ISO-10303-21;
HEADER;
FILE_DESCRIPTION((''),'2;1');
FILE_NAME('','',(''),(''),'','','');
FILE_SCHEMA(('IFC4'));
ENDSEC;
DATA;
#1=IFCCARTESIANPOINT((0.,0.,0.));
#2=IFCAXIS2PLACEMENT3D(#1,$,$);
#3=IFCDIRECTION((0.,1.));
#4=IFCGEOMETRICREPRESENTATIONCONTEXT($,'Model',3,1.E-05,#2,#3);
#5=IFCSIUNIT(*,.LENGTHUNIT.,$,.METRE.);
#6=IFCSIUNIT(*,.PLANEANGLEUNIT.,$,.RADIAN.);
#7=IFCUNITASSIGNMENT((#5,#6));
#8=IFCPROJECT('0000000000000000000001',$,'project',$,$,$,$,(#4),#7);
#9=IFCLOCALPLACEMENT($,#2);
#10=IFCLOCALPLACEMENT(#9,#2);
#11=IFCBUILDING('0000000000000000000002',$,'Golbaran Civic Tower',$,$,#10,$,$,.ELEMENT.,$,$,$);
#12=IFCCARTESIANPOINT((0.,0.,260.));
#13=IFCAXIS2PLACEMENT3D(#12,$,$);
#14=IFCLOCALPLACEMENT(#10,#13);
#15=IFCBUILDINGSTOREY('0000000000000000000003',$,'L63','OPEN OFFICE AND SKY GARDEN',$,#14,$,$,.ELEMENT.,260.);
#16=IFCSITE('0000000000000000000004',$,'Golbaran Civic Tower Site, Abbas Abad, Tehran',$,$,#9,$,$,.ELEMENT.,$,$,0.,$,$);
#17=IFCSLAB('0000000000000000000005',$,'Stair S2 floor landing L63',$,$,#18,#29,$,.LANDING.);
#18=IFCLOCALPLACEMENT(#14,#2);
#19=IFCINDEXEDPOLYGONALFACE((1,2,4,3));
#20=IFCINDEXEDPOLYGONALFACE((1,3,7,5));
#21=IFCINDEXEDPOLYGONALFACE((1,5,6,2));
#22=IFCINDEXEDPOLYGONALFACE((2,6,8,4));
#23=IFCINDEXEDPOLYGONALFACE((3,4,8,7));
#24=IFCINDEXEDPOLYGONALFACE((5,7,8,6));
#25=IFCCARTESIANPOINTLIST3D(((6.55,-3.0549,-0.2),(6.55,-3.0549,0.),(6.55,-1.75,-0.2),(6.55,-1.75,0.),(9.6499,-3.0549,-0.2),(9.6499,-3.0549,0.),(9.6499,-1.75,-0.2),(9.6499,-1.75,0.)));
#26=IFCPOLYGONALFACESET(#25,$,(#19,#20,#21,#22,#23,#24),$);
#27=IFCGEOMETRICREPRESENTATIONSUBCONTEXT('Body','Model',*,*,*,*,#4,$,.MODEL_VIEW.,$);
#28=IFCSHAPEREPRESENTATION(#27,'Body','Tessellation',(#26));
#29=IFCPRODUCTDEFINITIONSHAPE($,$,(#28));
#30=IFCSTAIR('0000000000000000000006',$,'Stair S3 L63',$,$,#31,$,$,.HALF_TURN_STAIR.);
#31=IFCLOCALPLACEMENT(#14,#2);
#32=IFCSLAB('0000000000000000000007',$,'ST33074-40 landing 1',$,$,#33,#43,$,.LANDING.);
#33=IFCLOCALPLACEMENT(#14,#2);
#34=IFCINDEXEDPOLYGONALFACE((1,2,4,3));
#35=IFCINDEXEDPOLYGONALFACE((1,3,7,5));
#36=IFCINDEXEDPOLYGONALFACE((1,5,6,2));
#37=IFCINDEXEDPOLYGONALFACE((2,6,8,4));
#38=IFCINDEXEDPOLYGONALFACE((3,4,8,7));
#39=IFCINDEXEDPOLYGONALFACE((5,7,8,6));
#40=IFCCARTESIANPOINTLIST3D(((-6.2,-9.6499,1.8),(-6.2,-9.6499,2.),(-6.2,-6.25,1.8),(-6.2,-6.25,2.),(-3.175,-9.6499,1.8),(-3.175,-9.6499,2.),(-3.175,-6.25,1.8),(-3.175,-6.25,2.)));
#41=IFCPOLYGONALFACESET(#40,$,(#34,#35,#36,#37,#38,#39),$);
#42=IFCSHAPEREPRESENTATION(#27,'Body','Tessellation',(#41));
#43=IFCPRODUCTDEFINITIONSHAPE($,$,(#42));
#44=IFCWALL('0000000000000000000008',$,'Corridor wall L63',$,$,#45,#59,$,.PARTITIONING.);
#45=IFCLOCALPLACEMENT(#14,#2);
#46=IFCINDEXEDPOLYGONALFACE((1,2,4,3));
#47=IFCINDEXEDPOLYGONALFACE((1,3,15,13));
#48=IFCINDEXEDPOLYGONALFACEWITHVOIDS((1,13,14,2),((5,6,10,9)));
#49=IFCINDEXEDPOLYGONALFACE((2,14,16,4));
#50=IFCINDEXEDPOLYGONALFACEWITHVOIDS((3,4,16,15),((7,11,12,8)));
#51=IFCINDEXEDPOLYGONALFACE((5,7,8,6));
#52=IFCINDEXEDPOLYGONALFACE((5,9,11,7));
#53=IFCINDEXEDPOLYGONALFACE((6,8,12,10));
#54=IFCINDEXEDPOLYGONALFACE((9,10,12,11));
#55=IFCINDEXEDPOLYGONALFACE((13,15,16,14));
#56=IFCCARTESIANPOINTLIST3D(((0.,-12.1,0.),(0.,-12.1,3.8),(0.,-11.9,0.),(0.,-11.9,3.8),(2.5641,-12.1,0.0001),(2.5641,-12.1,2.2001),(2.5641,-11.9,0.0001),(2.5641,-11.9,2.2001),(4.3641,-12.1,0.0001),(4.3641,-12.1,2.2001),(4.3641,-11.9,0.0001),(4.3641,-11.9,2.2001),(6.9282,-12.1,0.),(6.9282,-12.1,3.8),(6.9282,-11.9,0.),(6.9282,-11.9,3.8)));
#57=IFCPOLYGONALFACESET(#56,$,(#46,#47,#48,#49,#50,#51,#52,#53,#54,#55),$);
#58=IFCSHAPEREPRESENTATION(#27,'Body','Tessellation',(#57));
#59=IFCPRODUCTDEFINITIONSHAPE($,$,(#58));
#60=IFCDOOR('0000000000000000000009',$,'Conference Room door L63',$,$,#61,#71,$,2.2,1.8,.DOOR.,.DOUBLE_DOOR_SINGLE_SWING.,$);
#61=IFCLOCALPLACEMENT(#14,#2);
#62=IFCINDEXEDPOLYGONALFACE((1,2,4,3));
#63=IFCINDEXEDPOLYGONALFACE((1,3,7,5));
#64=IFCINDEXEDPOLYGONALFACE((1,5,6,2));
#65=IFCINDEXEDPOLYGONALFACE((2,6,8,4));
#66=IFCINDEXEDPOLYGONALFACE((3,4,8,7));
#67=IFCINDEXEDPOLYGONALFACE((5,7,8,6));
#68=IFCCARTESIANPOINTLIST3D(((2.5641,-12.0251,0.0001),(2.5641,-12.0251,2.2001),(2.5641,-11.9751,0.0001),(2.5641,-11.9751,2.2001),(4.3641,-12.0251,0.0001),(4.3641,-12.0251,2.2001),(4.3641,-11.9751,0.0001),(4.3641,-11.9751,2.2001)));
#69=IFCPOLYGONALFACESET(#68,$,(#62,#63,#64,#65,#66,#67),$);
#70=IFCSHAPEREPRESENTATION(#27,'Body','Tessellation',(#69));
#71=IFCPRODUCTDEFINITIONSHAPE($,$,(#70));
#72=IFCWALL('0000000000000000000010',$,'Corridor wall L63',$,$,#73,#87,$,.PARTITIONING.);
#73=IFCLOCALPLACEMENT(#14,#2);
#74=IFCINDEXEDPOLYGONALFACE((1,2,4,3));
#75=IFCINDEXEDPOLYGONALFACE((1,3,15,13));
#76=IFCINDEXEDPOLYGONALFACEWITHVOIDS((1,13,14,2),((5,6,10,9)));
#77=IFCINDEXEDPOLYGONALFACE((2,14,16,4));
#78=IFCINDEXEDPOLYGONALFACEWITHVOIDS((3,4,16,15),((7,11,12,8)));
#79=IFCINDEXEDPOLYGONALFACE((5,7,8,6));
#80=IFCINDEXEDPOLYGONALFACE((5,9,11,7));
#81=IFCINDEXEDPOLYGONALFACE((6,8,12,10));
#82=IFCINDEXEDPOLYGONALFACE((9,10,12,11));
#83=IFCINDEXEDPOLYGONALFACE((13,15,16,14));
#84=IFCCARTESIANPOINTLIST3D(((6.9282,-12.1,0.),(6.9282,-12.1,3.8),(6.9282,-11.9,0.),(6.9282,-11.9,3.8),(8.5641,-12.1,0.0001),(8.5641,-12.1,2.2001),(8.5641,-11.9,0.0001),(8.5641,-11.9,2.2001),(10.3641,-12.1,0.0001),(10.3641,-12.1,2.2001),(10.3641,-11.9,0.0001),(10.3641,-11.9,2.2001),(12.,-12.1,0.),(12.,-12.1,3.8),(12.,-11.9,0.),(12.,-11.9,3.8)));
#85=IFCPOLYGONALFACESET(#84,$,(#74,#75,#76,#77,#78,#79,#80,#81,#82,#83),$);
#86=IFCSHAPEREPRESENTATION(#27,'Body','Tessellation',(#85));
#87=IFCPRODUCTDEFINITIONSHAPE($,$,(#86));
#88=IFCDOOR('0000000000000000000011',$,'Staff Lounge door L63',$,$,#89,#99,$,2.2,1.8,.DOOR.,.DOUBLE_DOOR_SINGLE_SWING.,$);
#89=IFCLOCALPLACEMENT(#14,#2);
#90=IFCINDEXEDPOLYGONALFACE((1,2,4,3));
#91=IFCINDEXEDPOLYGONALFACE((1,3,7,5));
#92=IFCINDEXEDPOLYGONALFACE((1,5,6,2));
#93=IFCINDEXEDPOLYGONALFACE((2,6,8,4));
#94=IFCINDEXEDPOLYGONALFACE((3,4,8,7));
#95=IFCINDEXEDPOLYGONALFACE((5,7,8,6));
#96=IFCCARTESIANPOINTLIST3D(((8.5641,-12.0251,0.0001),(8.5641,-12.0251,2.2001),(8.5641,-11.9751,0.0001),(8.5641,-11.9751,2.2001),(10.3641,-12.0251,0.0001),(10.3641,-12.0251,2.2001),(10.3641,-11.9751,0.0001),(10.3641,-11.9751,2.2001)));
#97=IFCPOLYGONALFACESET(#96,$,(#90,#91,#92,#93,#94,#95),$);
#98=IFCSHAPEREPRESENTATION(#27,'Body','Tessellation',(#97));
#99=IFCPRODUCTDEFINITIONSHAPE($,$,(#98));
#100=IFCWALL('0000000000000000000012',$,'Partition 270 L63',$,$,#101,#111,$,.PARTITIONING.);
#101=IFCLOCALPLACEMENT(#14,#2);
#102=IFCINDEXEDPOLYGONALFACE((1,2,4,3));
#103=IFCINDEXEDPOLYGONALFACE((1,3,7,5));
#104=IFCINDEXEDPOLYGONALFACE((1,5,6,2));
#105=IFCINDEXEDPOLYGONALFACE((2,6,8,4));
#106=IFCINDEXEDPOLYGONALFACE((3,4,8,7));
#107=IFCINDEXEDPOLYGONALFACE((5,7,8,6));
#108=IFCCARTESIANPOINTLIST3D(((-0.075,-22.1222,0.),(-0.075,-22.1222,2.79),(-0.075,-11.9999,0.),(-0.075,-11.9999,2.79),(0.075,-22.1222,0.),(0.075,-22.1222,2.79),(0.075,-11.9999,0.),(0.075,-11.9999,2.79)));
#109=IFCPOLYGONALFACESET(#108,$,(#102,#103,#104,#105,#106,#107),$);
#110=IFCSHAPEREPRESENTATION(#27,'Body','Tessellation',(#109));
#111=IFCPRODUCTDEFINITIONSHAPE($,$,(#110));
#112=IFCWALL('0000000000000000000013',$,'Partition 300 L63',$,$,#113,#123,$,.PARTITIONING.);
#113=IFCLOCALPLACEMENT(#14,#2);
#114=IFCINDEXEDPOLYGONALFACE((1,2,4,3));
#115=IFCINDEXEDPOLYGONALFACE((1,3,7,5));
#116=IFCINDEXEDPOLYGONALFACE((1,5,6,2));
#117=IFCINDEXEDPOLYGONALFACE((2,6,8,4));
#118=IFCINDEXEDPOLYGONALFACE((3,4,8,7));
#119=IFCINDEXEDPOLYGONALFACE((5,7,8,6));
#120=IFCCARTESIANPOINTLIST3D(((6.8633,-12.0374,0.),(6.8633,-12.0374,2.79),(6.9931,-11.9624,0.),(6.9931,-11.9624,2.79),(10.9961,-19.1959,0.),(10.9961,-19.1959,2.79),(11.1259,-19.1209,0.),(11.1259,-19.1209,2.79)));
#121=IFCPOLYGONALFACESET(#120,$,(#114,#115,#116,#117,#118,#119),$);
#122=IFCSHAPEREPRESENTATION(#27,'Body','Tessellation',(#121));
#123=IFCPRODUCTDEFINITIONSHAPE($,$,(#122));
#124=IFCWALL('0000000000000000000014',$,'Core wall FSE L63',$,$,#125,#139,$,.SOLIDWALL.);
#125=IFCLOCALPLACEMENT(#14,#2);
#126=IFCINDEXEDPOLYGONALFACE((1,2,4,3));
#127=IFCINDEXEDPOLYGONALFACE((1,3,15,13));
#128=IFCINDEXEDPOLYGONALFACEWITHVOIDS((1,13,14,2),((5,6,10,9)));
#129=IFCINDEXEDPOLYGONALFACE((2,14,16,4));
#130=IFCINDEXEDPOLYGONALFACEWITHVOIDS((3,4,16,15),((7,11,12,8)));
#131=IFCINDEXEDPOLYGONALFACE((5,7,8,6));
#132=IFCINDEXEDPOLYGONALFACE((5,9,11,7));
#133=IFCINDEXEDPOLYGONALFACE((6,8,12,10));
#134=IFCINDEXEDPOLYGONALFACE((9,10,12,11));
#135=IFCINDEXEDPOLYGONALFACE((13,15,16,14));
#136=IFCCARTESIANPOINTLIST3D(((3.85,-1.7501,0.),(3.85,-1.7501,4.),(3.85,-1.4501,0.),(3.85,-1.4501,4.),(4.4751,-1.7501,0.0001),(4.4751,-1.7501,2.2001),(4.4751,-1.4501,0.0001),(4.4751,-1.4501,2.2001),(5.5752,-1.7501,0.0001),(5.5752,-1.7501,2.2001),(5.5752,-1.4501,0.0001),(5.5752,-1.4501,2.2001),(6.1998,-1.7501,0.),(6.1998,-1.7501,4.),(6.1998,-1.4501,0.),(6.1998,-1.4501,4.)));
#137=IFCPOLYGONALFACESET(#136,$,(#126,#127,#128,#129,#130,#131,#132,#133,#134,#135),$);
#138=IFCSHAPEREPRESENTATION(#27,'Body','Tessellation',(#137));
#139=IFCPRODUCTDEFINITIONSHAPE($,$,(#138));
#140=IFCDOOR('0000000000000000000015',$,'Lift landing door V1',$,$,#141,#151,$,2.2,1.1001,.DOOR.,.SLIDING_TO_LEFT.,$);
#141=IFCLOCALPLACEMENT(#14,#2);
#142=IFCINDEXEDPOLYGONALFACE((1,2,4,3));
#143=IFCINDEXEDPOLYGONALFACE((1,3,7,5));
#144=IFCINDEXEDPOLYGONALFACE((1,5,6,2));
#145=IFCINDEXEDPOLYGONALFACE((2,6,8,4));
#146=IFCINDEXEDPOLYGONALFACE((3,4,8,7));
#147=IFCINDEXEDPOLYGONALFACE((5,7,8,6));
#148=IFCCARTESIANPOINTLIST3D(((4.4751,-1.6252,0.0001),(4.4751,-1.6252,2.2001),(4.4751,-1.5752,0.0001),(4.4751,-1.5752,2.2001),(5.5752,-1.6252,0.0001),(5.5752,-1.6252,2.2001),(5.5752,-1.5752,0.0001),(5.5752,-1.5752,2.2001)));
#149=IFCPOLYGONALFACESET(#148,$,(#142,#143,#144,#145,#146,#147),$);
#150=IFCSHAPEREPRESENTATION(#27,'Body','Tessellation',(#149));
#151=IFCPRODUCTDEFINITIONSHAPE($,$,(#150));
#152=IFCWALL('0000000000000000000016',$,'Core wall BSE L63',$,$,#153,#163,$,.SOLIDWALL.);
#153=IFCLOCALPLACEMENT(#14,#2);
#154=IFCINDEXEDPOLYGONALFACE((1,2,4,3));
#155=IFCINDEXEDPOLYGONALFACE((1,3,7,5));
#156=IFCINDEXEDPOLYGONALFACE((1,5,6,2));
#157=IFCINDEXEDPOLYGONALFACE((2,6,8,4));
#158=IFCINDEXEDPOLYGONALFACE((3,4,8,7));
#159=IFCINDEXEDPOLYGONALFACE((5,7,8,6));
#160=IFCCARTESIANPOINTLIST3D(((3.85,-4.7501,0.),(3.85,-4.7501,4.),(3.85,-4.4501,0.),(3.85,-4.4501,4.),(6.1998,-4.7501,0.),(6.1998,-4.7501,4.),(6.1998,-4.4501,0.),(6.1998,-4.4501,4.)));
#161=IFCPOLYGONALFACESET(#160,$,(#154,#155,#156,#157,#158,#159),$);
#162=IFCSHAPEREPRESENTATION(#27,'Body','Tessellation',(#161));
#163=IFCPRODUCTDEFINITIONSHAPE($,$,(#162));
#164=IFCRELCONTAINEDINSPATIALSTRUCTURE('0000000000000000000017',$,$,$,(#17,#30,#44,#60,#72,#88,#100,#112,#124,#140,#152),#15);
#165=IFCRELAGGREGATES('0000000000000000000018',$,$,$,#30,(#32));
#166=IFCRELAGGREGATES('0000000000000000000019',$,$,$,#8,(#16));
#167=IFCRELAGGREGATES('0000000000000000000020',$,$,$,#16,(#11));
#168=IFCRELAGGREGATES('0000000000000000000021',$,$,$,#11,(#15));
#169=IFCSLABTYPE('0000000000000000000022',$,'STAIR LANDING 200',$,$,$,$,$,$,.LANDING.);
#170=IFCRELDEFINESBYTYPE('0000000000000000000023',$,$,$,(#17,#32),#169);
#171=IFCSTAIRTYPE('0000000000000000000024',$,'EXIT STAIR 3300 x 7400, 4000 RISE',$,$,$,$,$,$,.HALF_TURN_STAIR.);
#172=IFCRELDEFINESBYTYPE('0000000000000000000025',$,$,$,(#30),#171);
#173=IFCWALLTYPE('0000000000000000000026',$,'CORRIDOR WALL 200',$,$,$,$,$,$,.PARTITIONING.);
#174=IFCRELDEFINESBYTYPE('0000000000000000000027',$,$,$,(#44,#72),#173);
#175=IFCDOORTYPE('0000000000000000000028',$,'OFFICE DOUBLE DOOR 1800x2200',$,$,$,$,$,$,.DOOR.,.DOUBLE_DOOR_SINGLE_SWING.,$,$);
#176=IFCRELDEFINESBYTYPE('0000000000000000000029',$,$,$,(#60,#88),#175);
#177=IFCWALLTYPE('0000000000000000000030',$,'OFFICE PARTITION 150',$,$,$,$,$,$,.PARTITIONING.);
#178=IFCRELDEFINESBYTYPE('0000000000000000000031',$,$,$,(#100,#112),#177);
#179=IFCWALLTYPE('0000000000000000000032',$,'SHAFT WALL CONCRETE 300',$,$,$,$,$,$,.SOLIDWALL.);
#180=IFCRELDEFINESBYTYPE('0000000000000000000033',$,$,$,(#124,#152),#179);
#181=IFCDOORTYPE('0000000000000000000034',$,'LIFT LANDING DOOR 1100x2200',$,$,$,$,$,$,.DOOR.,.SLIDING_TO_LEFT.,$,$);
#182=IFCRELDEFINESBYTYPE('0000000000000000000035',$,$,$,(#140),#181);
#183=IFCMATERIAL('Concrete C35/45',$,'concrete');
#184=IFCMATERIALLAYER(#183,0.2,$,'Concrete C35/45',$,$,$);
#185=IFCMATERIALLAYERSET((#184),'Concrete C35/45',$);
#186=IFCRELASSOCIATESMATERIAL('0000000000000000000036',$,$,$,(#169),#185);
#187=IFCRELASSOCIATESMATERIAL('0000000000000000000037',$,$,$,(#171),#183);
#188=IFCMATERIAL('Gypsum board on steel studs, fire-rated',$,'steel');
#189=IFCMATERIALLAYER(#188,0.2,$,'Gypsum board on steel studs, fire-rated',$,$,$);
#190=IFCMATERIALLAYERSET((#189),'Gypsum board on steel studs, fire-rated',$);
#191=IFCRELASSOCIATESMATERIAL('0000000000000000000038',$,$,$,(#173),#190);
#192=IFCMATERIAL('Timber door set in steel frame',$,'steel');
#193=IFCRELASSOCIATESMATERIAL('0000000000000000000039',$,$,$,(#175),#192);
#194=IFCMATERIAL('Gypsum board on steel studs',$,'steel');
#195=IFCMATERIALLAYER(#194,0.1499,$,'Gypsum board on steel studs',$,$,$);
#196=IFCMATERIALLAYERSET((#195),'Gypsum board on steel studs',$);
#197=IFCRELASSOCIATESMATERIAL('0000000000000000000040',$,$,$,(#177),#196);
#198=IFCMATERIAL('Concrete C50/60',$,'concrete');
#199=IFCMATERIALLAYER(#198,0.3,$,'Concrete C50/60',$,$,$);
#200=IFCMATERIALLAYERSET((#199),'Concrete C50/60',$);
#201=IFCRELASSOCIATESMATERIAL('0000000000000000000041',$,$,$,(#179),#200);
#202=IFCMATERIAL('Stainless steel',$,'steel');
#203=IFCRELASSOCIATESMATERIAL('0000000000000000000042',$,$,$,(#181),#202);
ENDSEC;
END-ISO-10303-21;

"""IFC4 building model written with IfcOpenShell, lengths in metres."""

from ifc_helpers import new_model, si_unit, direction, frame, frame_2d, origin, place, context, subcontext, project, spatial, polyline, rectangle, outline, extrude, material, layer, layer_set, type_object, element, fill, aggregate, save


model = new_model("IFC4")

# Units and contexts
model_context = context("Model", 3, precision=1e-05, world=origin(), true_north=direction((0.0, 1.0)))
body_context = subcontext(model_context, "Body", "Model", "MODEL_VIEW")
ifc_project = project(units=[si_unit("LENGTHUNIT", "METRE"), si_unit("PLANEANGLEUNIT", "RADIAN")], contexts=[model_context])

# Site, building, storey
site_placement = place(None, origin())
site = spatial("IfcSite", under=ifc_project, at=site_placement, Name="Golbaran Civic Tower Site, Abbas Abad, Tehran", CompositionType="ELEMENT", RefElevation=0.0)
building_placement = place(site_placement, origin())
building = spatial("IfcBuilding", under=site, at=building_placement, Name="Golbaran Civic Tower", CompositionType="ELEMENT")
storey_placement = place(building_placement, frame((0.0, 0.0, 260.0)))
storey = spatial("IfcBuildingStorey", under=building, at=storey_placement, Name="L63", Description="OPEN OFFICE AND SKY GARDEN", CompositionType="ELEMENT", Elevation=260.0)

# Slab
ifc_material_1 = material(Name="Concrete C35/45", Category="concrete")
ifc_layer_1 = layer(ifc_material_1, 0.2, Name="Concrete C35/45")
ifc_layer_set_1 = layer_set([ifc_layer_1], Name="Concrete C35/45")
slab_type = type_object("IfcSlabType", Name="STAIR LANDING 200", PredefinedType="LANDING", material=ifc_layer_set_1)
slab_1_placement = place(storey_placement, frame((0.0, 0.0, -0.2)))
element("IfcSlab", 1, at=slab_1_placement, inside=storey, type_object=slab_type, Name="Stair S2 floor landing L63", PredefinedType="LANDING", context=body_context, shape_type="SweptSolid", body=[
    extrude(outline(polyline([(9.6499, -1.75), (9.6499, -3.0549), (6.55, -3.0549), (6.55, -1.75), (9.6499, -1.75)])), origin(), (0.0, 0.0, 1.0), 0.2),
])

# Stair, slab
stair_type_1 = type_object("IfcStairType", Name="EXIT STAIR 3300 x 7400, 4000 RISE", PredefinedType="HALF_TURN_STAIR", material=ifc_material_1)
stair_1_placement = place(storey_placement, origin())
stair_1 = element("IfcStair", 2, at=stair_1_placement, inside=storey, type_object=stair_type_1, Name="Stair S3 L63", PredefinedType="HALF_TURN_STAIR")
slab_2_placement = place(storey_placement, frame((0.0, 0.0, 1.8)))
slab_2 = element("IfcSlab", 3, at=slab_2_placement, type_object=slab_type, Name="ST33074-40 landing 1", PredefinedType="LANDING", context=body_context, shape_type="SweptSolid", body=[
    extrude(outline(polyline([(-3.175, -9.6499), (-6.2, -9.6499), (-6.2, -6.25), (-3.175, -6.25), (-3.175, -9.6499)])), origin(), (0.0, 0.0, 1.0), 0.2),
])
aggregate(stair_1, [slab_2])

# Walls, openings, doors
ifc_material_2 = material(Name="Gypsum board on steel studs, fire-rated", Category="steel")
ifc_layer_2 = layer(ifc_material_2, 0.2, Name="Gypsum board on steel studs, fire-rated")
ifc_layer_set_2 = layer_set([ifc_layer_2], Name="Gypsum board on steel studs, fire-rated")
wall_type_1 = type_object("IfcWallType", Name="CORRIDOR WALL 200", PredefinedType="PARTITIONING", material=ifc_layer_set_2)
wall_1_placement = place(storey_placement, frame((0.0, -12.0, 0.0), z_axis=(0.0, 0.0, 1.0), x_axis=(1.0, 0.0, 0.0)))
wall_1 = element("IfcWall", 4, at=wall_1_placement, inside=storey, type_object=wall_type_1, Name="Corridor wall L63", PredefinedType="PARTITIONING", context=body_context, shape_type="SweptSolid", body=[
    extrude(rectangle(XDim=6.9282, YDim=0.2, at=frame_2d((3.4641, 0.0))), origin(), (0.0, 0.0, 1.0), 3.8),
])
opening_1_placement = place(wall_1_placement, frame((2.5642, 0.0, 0.0)))
opening_1 = element("IfcOpeningElement", 5, at=opening_1_placement, cuts=wall_1, PredefinedType="OPENING", context=body_context, shape_type="SweptSolid", body=[
    extrude(rectangle(XDim=1.8, YDim=2.2, at=frame_2d((0.8999, 1.1001))), frame((0.0, 0.1099, 0.0), z_axis=(0.0, -1.0, 0.0), x_axis=(1.0, 0.0, 0.0)), (0.0, 0.0, 1.0), 0.22),
])
ifc_material_3 = material(Name="Timber door set in steel frame", Category="steel")
door_type_1 = type_object("IfcDoorType", Name="OFFICE DOUBLE DOOR 1800x2200", OperationType="DOUBLE_DOOR_SINGLE_SWING", PredefinedType="DOOR", material=ifc_material_3)
door_1_placement = place(opening_1_placement, origin())
door_1 = element("IfcDoor", 6, at=door_1_placement, inside=storey, type_object=door_type_1, Name="Conference Room door L63", OperationType="DOUBLE_DOOR_SINGLE_SWING", OverallHeight=2.2, OverallWidth=1.8, PredefinedType="DOOR", context=body_context, shape_type="SweptSolid", body=[
    extrude(rectangle(XDim=1.8, YDim=2.2, at=frame_2d((0.8999, 1.1001))), frame((0.0, 0.0249, 0.0), z_axis=(0.0, -1.0, 0.0), x_axis=(1.0, 0.0, 0.0)), (0.0, 0.0, 1.0), 0.05),
])
fill(opening_1, door_1)
wall_2_placement = place(storey_placement, frame((6.9282, -12.0, 0.0), z_axis=(0.0, 0.0, 1.0), x_axis=(1.0, 0.0, 0.0)))
wall_2 = element("IfcWall", 7, at=wall_2_placement, inside=storey, type_object=wall_type_1, Name="Corridor wall L63", PredefinedType="PARTITIONING", context=body_context, shape_type="SweptSolid", body=[
    extrude(rectangle(XDim=5.0718, YDim=0.2, at=frame_2d((2.5359, 0.0))), origin(), (0.0, 0.0, 1.0), 3.8),
])
opening_2_placement = place(wall_2_placement, frame((1.636, 0.0, 0.0)))
opening_2 = element("IfcOpeningElement", 8, at=opening_2_placement, cuts=wall_2, PredefinedType="OPENING", context=body_context, shape_type="SweptSolid", body=[
    extrude(rectangle(XDim=1.8, YDim=2.2, at=frame_2d((0.8999, 1.1001))), frame((0.0, 0.1099, 0.0), z_axis=(0.0, -1.0, 0.0), x_axis=(1.0, 0.0, 0.0)), (0.0, 0.0, 1.0), 0.22),
])
door_2_placement = place(opening_2_placement, origin())
door_2 = element("IfcDoor", 9, at=door_2_placement, inside=storey, type_object=door_type_1, Name="Staff Lounge door L63", OperationType="DOUBLE_DOOR_SINGLE_SWING", OverallHeight=2.2, OverallWidth=1.8, PredefinedType="DOOR", context=body_context, shape_type="SweptSolid", body=[
    extrude(rectangle(XDim=1.8, YDim=2.2, at=frame_2d((0.8999, 1.1001))), frame((0.0, 0.0249, 0.0), z_axis=(0.0, -1.0, 0.0), x_axis=(1.0, 0.0, 0.0)), (0.0, 0.0, 1.0), 0.05),
])
fill(opening_2, door_2)

# Walls
ifc_material_4 = material(Name="Gypsum board on steel studs", Category="steel")
ifc_layer_3 = layer(ifc_material_4, 0.1499, Name="Gypsum board on steel studs")
ifc_layer_set_3 = layer_set([ifc_layer_3], Name="Gypsum board on steel studs")
wall_type_2 = type_object("IfcWallType", Name="OFFICE PARTITION 150", PredefinedType="PARTITIONING", material=ifc_layer_set_3)
wall_3_placement = place(storey_placement, frame((0.0, -12.0, 0.0), z_axis=(0.0, 0.0, 1.0), x_axis=(0.0, -1.0, 0.0)))
element("IfcWall", 10, at=wall_3_placement, inside=storey, type_object=wall_type_2, Name="Partition 270 L63", PredefinedType="PARTITIONING", context=body_context, shape_type="SweptSolid", body=[
    extrude(rectangle(XDim=10.1223, YDim=0.1499, at=frame_2d((5.061, 0.0))), origin(), (0.0, 0.0, 1.0), 2.79),
])
wall_4_placement = place(storey_placement, frame((6.9282, -12.0, 0.0), z_axis=(0.0, 0.0, 1.0), x_axis=(0.499989, -0.866032, 0.0)))
element("IfcWall", 11, at=wall_4_placement, inside=storey, type_object=wall_type_2, Name="Partition 300 L63", PredefinedType="PARTITIONING", context=body_context, shape_type="SweptSolid", body=[
    extrude(rectangle(XDim=8.2659, YDim=0.1499, at=frame_2d((4.1328, 0.0))), origin(), (0.0, 0.0, 1.0), 2.79),
])

# Wall, opening, door
ifc_material_5 = material(Name="Concrete C50/60", Category="concrete")
ifc_layer_4 = layer(ifc_material_5, 0.3, Name="Concrete C50/60")
ifc_layer_set_4 = layer_set([ifc_layer_4], Name="Concrete C50/60")
wall_type_3 = type_object("IfcWallType", Name="SHAFT WALL CONCRETE 300", PredefinedType="SOLIDWALL", material=ifc_layer_set_4)
wall_5_placement = place(storey_placement, frame((3.8501, -1.6001, 0.0), z_axis=(0.0, 0.0, 1.0), x_axis=(1.0, 0.0, 0.0)))
wall_5 = element("IfcWall", 12, at=wall_5_placement, inside=storey, type_object=wall_type_3, Name="Core wall FSE L63", PredefinedType="SOLIDWALL", context=body_context, shape_type="SweptSolid", body=[
    extrude(rectangle(XDim=2.3499, YDim=0.3, at=frame_2d((1.1748, 0.0))), origin(), (0.0, 0.0, 1.0), 4.0),
])
opening_3_placement = place(wall_5_placement, frame((0.625, 0.0, 0.0)))
opening_3 = element("IfcOpeningElement", 13, at=opening_3_placement, cuts=wall_5, PredefinedType="OPENING", context=body_context, shape_type="SweptSolid", body=[
    extrude(rectangle(XDim=1.1001, YDim=2.2, at=frame_2d((0.55, 1.1001))), frame((0.0, 0.1599, 0.0), z_axis=(0.0, -1.0, 0.0), x_axis=(1.0, 0.0, 0.0)), (0.0, 0.0, 1.0), 0.3201),
])
ifc_material_6 = material(Name="Stainless steel", Category="steel")
door_type_2 = type_object("IfcDoorType", Name="LIFT LANDING DOOR 1100x2200", OperationType="SLIDING_TO_LEFT", PredefinedType="DOOR", material=ifc_material_6)
door_3_placement = place(opening_3_placement, origin())
door_3 = element("IfcDoor", 14, at=door_3_placement, inside=storey, type_object=door_type_2, Name="Lift landing door V1", OperationType="SLIDING_TO_LEFT", OverallHeight=2.2, OverallWidth=1.1001, PredefinedType="DOOR", context=body_context, shape_type="SweptSolid", body=[
    extrude(rectangle(XDim=1.1001, YDim=2.2, at=frame_2d((0.55, 1.1001))), frame((0.0, 0.0249, 0.0), z_axis=(0.0, -1.0, 0.0), x_axis=(1.0, 0.0, 0.0)), (0.0, 0.0, 1.0), 0.05),
])
fill(opening_3, door_3)

# Wall
wall_6_placement = place(storey_placement, frame((3.8501, -4.6001, 0.0), z_axis=(0.0, 0.0, 1.0), x_axis=(1.0, 0.0, 0.0)))
element("IfcWall", 15, at=wall_6_placement, inside=storey, type_object=wall_type_3, Name="Core wall BSE L63", PredefinedType="SOLIDWALL", context=body_context, shape_type="SweptSolid", body=[
    extrude(rectangle(XDim=2.3499, YDim=0.3, at=frame_2d((1.1748, 0.0))), origin(), (0.0, 0.0, 1.0), 4.0),
])

save(model, "model.ifc")
